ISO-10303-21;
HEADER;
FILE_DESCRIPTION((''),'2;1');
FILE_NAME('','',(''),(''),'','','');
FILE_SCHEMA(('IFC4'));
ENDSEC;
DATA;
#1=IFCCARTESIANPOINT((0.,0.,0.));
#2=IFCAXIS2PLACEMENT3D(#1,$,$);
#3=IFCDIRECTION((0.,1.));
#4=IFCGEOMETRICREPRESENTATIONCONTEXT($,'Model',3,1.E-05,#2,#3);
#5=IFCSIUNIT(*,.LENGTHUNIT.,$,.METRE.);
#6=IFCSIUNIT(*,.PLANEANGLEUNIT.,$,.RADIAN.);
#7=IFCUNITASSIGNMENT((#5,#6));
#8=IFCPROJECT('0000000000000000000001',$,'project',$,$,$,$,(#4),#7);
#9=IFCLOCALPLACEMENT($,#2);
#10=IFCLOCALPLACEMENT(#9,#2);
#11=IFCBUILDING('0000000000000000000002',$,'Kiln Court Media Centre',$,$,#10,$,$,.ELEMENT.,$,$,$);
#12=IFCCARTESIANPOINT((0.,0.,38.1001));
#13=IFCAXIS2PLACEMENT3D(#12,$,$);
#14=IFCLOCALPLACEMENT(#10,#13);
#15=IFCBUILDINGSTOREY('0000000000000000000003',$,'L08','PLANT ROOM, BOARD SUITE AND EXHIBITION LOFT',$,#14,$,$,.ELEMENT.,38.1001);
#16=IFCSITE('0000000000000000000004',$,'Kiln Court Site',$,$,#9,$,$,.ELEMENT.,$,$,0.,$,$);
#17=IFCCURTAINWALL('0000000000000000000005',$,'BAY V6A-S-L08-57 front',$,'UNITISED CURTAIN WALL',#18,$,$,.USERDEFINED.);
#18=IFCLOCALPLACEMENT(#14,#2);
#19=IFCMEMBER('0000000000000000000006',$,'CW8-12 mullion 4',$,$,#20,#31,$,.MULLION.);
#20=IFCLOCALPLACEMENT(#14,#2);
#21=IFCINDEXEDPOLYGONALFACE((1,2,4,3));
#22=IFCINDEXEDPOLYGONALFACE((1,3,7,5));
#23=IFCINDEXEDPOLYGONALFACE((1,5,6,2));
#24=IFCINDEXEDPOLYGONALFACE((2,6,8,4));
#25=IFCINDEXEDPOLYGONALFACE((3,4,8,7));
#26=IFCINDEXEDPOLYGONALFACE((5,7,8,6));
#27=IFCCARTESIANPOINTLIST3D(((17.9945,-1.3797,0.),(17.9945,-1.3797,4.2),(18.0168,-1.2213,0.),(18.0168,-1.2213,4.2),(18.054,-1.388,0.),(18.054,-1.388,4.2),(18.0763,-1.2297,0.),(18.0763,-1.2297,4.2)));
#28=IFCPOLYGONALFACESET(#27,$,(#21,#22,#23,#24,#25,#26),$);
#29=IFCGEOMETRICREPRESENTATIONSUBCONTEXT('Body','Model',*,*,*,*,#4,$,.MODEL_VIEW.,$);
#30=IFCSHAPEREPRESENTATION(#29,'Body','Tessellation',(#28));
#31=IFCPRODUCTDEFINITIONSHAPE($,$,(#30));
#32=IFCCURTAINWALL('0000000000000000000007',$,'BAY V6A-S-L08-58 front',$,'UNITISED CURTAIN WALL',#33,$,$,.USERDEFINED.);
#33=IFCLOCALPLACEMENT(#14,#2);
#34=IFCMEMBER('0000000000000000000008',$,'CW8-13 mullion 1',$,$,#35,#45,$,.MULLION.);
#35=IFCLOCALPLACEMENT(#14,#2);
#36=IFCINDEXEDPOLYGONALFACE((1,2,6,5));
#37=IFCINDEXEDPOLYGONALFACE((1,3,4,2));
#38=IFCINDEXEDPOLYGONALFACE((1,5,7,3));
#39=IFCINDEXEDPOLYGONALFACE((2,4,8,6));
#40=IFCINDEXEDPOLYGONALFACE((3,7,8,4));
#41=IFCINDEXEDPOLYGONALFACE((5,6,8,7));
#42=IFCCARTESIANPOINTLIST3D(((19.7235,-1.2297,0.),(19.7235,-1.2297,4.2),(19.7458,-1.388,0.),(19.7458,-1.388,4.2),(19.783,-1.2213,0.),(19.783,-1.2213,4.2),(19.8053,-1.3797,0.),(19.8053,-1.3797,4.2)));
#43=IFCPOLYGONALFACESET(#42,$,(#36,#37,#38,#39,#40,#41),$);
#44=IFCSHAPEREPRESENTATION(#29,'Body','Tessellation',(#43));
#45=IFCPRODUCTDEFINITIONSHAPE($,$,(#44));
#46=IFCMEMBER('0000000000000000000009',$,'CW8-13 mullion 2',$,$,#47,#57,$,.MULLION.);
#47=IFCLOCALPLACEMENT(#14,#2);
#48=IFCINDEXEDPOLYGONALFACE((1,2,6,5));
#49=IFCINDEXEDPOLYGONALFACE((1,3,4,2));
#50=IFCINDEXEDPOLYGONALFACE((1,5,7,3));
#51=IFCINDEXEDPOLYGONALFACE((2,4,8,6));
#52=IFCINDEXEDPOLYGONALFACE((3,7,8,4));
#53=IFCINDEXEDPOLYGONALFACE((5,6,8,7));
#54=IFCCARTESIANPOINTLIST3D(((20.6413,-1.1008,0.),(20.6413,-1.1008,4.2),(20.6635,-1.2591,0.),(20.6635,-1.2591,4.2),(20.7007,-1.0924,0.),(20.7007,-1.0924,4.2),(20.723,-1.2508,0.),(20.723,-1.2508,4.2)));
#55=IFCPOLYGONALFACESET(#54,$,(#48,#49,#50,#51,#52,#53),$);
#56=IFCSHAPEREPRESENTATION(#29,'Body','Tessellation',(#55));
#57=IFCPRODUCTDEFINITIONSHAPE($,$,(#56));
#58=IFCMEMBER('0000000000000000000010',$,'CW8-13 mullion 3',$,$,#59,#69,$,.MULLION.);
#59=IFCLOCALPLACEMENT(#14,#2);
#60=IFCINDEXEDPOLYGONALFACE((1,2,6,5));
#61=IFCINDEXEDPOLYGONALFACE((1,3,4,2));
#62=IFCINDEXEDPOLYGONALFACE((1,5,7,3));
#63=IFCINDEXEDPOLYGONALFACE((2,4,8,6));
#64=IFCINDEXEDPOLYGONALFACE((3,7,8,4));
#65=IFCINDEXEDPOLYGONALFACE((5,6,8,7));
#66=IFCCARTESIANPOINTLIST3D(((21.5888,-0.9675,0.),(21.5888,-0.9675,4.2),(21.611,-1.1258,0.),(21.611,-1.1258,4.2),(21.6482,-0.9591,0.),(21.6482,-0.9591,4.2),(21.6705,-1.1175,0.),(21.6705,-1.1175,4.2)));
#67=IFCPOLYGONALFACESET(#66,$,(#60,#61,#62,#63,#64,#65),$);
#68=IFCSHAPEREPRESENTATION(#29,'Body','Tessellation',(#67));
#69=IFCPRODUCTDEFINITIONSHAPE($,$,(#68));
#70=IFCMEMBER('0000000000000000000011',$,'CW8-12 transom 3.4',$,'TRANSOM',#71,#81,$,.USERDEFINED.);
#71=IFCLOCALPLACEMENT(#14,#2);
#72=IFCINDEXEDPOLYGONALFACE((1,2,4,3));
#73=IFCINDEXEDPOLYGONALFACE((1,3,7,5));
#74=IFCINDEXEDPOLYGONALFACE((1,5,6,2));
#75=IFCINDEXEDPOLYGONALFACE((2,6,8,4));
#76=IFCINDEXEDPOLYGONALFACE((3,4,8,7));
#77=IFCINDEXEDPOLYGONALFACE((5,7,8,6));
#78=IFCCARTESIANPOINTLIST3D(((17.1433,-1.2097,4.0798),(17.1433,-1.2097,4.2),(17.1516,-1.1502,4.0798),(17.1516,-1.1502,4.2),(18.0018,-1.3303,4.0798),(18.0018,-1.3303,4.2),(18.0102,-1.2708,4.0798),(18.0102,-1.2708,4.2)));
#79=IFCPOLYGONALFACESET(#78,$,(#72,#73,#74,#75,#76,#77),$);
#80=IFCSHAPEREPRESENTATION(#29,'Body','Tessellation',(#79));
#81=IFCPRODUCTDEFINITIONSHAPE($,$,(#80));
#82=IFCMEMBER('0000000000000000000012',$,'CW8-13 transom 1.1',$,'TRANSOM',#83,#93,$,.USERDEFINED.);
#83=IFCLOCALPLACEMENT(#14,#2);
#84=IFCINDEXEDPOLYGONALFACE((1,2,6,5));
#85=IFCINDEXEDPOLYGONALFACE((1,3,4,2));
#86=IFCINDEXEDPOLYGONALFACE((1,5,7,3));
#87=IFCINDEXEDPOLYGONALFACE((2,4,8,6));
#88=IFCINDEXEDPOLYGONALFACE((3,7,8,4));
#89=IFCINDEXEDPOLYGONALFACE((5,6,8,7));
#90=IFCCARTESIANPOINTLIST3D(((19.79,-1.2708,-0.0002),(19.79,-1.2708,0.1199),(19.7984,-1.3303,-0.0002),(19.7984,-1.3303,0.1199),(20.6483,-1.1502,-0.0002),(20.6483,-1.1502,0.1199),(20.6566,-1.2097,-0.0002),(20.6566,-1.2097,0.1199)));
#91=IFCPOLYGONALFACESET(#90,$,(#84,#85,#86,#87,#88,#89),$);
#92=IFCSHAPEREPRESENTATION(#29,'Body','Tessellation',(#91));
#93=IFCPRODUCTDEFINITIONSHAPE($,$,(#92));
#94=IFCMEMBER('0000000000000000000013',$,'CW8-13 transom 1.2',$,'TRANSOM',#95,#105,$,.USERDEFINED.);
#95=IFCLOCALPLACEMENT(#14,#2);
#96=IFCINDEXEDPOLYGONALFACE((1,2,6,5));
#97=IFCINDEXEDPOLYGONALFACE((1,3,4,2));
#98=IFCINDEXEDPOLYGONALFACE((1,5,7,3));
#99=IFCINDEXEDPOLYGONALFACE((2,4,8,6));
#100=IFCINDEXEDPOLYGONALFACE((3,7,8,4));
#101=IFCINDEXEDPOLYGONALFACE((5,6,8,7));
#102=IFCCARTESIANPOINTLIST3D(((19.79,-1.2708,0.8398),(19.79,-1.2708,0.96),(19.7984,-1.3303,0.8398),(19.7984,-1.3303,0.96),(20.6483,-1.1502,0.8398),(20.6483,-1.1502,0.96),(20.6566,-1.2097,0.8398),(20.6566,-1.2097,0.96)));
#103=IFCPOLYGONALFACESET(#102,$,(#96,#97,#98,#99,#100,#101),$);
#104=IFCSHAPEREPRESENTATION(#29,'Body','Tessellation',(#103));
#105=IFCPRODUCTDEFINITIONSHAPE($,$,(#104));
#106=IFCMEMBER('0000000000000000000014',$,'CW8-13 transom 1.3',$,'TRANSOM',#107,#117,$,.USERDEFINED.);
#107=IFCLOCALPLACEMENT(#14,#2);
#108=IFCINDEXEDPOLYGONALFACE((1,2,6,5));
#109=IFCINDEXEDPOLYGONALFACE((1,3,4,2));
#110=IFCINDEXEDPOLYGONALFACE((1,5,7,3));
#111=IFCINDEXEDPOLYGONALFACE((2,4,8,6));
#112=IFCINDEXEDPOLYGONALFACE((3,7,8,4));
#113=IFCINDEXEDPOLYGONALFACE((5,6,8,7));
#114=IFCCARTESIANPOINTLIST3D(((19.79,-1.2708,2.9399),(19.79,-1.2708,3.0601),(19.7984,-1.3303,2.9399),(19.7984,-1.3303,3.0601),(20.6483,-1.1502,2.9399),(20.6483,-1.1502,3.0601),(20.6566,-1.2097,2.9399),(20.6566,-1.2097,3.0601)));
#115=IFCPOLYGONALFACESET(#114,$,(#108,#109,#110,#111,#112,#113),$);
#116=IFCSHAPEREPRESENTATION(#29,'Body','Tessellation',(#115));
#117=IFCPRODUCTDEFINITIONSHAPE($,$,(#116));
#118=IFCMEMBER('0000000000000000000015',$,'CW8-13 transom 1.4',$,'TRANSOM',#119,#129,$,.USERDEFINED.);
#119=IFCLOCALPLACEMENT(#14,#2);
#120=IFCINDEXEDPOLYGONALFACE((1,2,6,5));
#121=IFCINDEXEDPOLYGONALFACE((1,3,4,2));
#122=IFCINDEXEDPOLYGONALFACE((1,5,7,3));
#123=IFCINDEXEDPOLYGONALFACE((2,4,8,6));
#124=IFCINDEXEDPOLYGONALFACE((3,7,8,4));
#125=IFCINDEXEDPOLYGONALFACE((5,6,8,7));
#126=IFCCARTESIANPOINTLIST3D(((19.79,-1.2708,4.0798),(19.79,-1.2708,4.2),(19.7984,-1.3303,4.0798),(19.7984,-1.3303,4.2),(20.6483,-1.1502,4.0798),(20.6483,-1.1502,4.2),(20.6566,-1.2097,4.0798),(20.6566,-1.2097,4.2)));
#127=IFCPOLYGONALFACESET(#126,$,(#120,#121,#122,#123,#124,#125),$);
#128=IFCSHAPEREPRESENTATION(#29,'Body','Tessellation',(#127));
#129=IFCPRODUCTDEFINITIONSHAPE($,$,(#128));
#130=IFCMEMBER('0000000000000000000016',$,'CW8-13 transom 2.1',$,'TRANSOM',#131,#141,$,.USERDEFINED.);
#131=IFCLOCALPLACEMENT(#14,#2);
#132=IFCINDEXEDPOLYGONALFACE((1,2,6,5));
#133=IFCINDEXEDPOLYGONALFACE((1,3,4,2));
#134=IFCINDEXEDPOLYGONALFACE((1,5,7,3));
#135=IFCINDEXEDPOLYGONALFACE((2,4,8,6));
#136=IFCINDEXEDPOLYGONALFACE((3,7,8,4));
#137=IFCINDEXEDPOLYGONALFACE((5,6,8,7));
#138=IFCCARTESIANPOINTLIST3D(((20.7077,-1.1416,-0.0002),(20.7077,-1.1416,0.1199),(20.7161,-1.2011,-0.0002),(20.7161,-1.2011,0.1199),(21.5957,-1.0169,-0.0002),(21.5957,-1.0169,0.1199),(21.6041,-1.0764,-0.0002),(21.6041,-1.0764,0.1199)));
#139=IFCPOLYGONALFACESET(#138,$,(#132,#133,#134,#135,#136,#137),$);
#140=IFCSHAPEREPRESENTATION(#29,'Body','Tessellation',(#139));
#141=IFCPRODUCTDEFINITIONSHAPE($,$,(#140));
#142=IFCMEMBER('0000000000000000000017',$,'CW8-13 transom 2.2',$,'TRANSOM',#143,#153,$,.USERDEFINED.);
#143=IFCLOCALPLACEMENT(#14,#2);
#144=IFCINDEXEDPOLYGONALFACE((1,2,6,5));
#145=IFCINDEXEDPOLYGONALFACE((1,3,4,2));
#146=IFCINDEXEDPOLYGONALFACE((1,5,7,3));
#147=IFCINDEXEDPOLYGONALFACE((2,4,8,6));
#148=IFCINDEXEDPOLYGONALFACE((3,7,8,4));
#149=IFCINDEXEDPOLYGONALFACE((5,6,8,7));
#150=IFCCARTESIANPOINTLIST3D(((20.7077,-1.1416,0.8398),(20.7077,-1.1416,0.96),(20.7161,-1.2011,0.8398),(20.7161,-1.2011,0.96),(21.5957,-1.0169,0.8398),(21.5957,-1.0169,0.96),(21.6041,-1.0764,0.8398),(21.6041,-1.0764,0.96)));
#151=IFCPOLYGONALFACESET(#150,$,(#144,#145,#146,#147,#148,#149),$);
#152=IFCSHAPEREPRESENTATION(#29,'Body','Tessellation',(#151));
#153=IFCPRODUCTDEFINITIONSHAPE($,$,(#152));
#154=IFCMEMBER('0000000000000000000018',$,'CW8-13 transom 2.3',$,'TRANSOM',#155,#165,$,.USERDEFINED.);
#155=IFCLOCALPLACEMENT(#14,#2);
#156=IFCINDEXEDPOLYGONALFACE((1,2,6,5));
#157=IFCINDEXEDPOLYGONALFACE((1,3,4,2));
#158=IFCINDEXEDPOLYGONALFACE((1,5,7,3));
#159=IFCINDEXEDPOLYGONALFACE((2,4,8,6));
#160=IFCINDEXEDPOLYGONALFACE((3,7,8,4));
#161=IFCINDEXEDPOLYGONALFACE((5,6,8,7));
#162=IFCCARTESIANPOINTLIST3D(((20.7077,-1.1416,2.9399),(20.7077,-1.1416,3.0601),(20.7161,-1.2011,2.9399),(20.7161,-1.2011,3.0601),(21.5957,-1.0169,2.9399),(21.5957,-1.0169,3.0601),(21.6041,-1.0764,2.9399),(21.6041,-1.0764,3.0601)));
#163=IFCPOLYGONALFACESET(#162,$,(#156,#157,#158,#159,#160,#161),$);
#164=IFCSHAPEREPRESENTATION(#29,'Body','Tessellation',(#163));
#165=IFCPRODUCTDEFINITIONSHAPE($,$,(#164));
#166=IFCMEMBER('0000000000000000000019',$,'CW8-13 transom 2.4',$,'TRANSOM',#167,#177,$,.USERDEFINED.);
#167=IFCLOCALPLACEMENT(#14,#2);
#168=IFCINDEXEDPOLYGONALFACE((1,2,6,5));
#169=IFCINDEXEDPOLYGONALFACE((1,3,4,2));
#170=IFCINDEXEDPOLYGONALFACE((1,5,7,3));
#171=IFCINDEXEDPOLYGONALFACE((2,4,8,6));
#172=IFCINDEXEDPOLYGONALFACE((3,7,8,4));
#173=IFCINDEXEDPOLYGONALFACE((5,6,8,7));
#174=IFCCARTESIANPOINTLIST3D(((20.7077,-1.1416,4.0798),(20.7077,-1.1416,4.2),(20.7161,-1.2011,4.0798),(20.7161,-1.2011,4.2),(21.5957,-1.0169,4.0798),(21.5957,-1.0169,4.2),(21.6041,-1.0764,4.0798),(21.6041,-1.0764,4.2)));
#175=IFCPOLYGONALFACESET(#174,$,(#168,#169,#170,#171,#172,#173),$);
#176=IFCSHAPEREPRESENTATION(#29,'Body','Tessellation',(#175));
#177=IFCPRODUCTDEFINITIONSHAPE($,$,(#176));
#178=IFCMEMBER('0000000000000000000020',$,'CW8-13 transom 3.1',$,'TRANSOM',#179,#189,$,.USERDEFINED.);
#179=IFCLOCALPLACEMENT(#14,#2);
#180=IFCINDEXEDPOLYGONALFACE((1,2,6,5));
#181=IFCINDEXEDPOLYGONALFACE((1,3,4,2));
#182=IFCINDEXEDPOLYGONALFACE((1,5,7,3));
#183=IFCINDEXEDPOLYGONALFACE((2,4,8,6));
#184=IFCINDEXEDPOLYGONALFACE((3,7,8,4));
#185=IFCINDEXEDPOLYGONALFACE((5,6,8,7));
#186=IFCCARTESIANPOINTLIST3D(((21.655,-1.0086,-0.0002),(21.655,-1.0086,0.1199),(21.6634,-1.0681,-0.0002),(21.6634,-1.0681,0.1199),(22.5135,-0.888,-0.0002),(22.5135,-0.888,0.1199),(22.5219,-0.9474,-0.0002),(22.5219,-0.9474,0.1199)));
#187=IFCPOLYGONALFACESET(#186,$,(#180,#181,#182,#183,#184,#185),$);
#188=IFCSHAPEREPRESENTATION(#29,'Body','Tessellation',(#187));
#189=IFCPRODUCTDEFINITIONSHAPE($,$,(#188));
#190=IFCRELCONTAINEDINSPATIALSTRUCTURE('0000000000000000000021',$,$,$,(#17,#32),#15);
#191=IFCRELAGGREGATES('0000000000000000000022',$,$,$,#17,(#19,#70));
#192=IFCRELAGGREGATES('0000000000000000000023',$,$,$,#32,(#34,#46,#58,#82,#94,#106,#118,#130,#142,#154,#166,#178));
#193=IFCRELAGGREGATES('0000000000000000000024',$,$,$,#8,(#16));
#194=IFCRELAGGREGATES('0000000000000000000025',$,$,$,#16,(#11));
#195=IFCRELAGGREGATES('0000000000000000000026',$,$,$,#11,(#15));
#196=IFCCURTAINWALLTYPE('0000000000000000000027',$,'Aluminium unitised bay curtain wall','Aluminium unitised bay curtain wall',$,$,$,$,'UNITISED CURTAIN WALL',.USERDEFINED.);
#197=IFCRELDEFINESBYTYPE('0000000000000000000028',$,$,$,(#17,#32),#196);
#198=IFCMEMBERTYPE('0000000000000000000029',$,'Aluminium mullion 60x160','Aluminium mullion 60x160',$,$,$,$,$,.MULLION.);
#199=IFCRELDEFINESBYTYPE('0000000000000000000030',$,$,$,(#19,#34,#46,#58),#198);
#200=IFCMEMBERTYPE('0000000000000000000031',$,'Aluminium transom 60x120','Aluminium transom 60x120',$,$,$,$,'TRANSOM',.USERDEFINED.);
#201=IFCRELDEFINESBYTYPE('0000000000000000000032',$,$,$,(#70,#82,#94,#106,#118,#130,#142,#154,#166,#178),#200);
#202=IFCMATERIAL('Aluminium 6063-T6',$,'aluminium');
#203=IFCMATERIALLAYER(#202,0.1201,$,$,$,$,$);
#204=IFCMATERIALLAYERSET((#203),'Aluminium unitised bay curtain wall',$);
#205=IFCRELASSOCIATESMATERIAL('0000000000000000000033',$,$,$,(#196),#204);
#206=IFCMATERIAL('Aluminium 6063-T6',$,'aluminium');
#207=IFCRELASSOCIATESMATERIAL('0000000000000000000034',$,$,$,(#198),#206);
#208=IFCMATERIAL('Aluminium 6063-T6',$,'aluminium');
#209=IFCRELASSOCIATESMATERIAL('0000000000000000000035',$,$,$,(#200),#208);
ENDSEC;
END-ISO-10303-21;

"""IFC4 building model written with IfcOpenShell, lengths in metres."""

from ifc_helpers import new_model, si_unit, direction, frame, origin, origin_2d, place, context, subcontext, project, spatial, rectangle, extrude, material, layer, layer_set, material_profile, profile_set, type_object, element, aggregate, save


model = new_model("IFC4")

# Units and contexts
model_context = context("Model", 3, precision=1e-05, world=origin(), true_north=direction((0.0, 1.0)))
body_context = subcontext(model_context, "Body", "Model", "MODEL_VIEW")
ifc_project = project(units=[si_unit("LENGTHUNIT", "METRE"), si_unit("PLANEANGLEUNIT", "RADIAN")], contexts=[model_context])

# Site, building, storey
site_placement = place(None, origin())
site = spatial("IfcSite", under=ifc_project, at=site_placement, Name="Kiln Court Site", CompositionType="ELEMENT", RefElevation=0.0)
building_placement = place(site_placement, origin())
building = spatial("IfcBuilding", under=site, at=building_placement, Name="Kiln Court Media Centre", CompositionType="ELEMENT")
storey_placement = place(building_placement, frame((0.0, 0.0, 38.1001)))
storey = spatial("IfcBuildingStorey", under=building, at=storey_placement, Name="L08", Description="PLANT ROOM, BOARD SUITE AND EXHIBITION LOFT", CompositionType="ELEMENT", Elevation=38.1001)

# Curtain wall, member
ifc_material_1 = material(Name="Aluminium 6063-T6", Category="aluminium")
ifc_layer_1 = layer(ifc_material_1, 0.1201)
ifc_layer_set_1 = layer_set([ifc_layer_1], Name="Aluminium unitised bay curtain wall")
curtain_wall_type = type_object("IfcCurtainWallType", Name="Aluminium unitised bay curtain wall", Description="Aluminium unitised bay curtain wall", ElementType="UNITISED CURTAIN WALL", PredefinedType="USERDEFINED", material=ifc_layer_set_1)
curtain_wall_1_placement = place(storey_placement, origin())
curtain_wall_1 = element("IfcCurtainWall", 1, at=curtain_wall_1_placement, inside=storey, type_object=curtain_wall_type, Name="BAY V6A-S-L08-57 front", ObjectType="UNITISED CURTAIN WALL", PredefinedType="USERDEFINED")
ifc_material_2 = material(Name="Aluminium 6063-T6", Category="aluminium")
ifc_material_profile_1 = material_profile(ifc_material_2, rectangle(XDim=0.0601, YDim=0.1599, at=origin_2d()), Name="Aluminium mullion 60x160")
ifc_profile_set_1 = profile_set([ifc_material_profile_1], Name="Aluminium 6063-T6")
member_type_1 = type_object("IfcMemberType", Name="Aluminium mullion 60x160", Description="Aluminium mullion 60x160", PredefinedType="MULLION", material=ifc_profile_set_1)
member_1_placement = place(storey_placement, frame((18.0354, -1.3047, 0.0), z_axis=(0.0, 0.0, 1.0), x_axis=(0.99027, -0.139162, 0.0)))
member_1 = element("IfcMember", 2, at=member_1_placement, type_object=member_type_1, Name="CW8-12 mullion 4", PredefinedType="MULLION", context=body_context, shape_type="SweptSolid", body=[
    extrude(rectangle(XDim=0.0601, YDim=0.1599, at=origin_2d()), origin(), (0.0, 0.0, 1.0), 4.2),
])

# Curtain wall, members
curtain_wall_2_placement = place(storey_placement, origin())
curtain_wall_2 = element("IfcCurtainWall", 3, at=curtain_wall_2_placement, inside=storey, type_object=curtain_wall_type, Name="BAY V6A-S-L08-58 front", ObjectType="UNITISED CURTAIN WALL", PredefinedType="USERDEFINED")
member_2_placement = place(storey_placement, frame((19.7644, -1.3047, 0.0), z_axis=(0.0, 0.0, 1.0), x_axis=(0.99027, 0.139162, 0.0)))
member_2 = element("IfcMember", 4, at=member_2_placement, type_object=member_type_1, Name="CW8-13 mullion 1", PredefinedType="MULLION", context=body_context, shape_type="SweptSolid", body=[
    extrude(rectangle(XDim=0.0601, YDim=0.1599, at=origin_2d()), origin(), (0.0, 0.0, 1.0), 4.2),
])
member_3_placement = place(storey_placement, frame((20.6821, -1.1758, 0.0), z_axis=(0.0, 0.0, 1.0), x_axis=(0.99027, 0.139162, 0.0)))
member_3 = element("IfcMember", 5, at=member_3_placement, type_object=member_type_1, Name="CW8-13 mullion 2", PredefinedType="MULLION", context=body_context, shape_type="SweptSolid", body=[
    extrude(rectangle(XDim=0.0601, YDim=0.1599, at=origin_2d()), origin(), (0.0, 0.0, 1.0), 4.2),
])
member_4_placement = place(storey_placement, frame((21.6296, -1.0425, 0.0), z_axis=(0.0, 0.0, 1.0), x_axis=(0.99027, 0.139162, 0.0)))
member_4 = element("IfcMember", 6, at=member_4_placement, type_object=member_type_1, Name="CW8-13 mullion 3", PredefinedType="MULLION", context=body_context, shape_type="SweptSolid", body=[
    extrude(rectangle(XDim=0.0601, YDim=0.1599, at=origin_2d()), origin(), (0.0, 0.0, 1.0), 4.2),
])

# Members
ifc_material_3 = material(Name="Aluminium 6063-T6", Category="aluminium")
ifc_material_profile_2 = material_profile(ifc_material_3, rectangle(XDim=0.0601, YDim=0.1201, at=origin_2d()), Name="Aluminium transom 60x120")
ifc_profile_set_2 = profile_set([ifc_material_profile_2], Name="Aluminium 6063-T6")
member_type_2 = type_object("IfcMemberType", Name="Aluminium transom 60x120", Description="Aluminium transom 60x120", ElementType="TRANSOM", PredefinedType="USERDEFINED", material=ifc_profile_set_2)
member_5_placement = place(storey_placement, frame((17.1475, -1.1799, 4.1399), z_axis=(0.990274, -0.139134, 0.0), x_axis=(0.139134, 0.990274, 0.0)))
member_5 = element("IfcMember", 7, at=member_5_placement, type_object=member_type_2, Name="CW8-12 transom 3.4", ObjectType="TRANSOM", PredefinedType="USERDEFINED", context=body_context, shape_type="SweptSolid", body=[
    extrude(rectangle(XDim=0.0601, YDim=0.1201, at=origin_2d()), origin(), (0.0, 0.0, 1.0), 0.8669),
])
member_6_placement = place(storey_placement, frame((19.7942, -1.3005, 0.0598), z_axis=(0.990268, 0.139173, 0.0), x_axis=(-0.139173, 0.990268, 0.0)))
member_6 = element("IfcMember", 8, at=member_6_placement, type_object=member_type_2, Name="CW8-13 transom 1.1", ObjectType="TRANSOM", PredefinedType="USERDEFINED", context=body_context, shape_type="SweptSolid", body=[
    extrude(rectangle(XDim=0.0601, YDim=0.1201, at=origin_2d()), origin(), (0.0, 0.0, 1.0), 0.8667),
])
member_7_placement = place(storey_placement, frame((19.7942, -1.3005, 0.8999), z_axis=(0.990268, 0.139173, 0.0), x_axis=(-0.139173, 0.990268, 0.0)))
member_7 = element("IfcMember", 9, at=member_7_placement, type_object=member_type_2, Name="CW8-13 transom 1.2", ObjectType="TRANSOM", PredefinedType="USERDEFINED", context=body_context, shape_type="SweptSolid", body=[
    extrude(rectangle(XDim=0.0601, YDim=0.1201, at=origin_2d()), origin(), (0.0, 0.0, 1.0), 0.8667),
])
member_8_placement = place(storey_placement, frame((19.7942, -1.3005, 3.0), z_axis=(0.990268, 0.139173, 0.0), x_axis=(-0.139173, 0.990268, 0.0)))
member_8 = element("IfcMember", 10, at=member_8_placement, type_object=member_type_2, Name="CW8-13 transom 1.3", ObjectType="TRANSOM", PredefinedType="USERDEFINED", context=body_context, shape_type="SweptSolid", body=[
    extrude(rectangle(XDim=0.0601, YDim=0.1201, at=origin_2d()), origin(), (0.0, 0.0, 1.0), 0.8667),
])
member_9_placement = place(storey_placement, frame((19.7942, -1.3005, 4.1399), z_axis=(0.990268, 0.139173, 0.0), x_axis=(-0.139173, 0.990268, 0.0)))
member_9 = element("IfcMember", 11, at=member_9_placement, type_object=member_type_2, Name="CW8-13 transom 1.4", ObjectType="TRANSOM", PredefinedType="USERDEFINED", context=body_context, shape_type="SweptSolid", body=[
    extrude(rectangle(XDim=0.0601, YDim=0.1201, at=origin_2d()), origin(), (0.0, 0.0, 1.0), 0.8667),
])
member_10_placement = place(storey_placement, frame((20.7119, -1.1714, 0.0598), z_axis=(0.990274, 0.139134, 0.0), x_axis=(-0.139134, 0.990274, 0.0)))
member_10 = element("IfcMember", 12, at=member_10_placement, type_object=member_type_2, Name="CW8-13 transom 2.1", ObjectType="TRANSOM", PredefinedType="USERDEFINED", context=body_context, shape_type="SweptSolid", body=[
    extrude(rectangle(XDim=0.0601, YDim=0.1201, at=origin_2d()), origin(), (0.0, 0.0, 1.0), 0.8967),
])
member_11_placement = place(storey_placement, frame((20.7119, -1.1714, 0.8999), z_axis=(0.990274, 0.139134, 0.0), x_axis=(-0.139134, 0.990274, 0.0)))
member_11 = element("IfcMember", 13, at=member_11_placement, type_object=member_type_2, Name="CW8-13 transom 2.2", ObjectType="TRANSOM", PredefinedType="USERDEFINED", context=body_context, shape_type="SweptSolid", body=[
    extrude(rectangle(XDim=0.0601, YDim=0.1201, at=origin_2d()), origin(), (0.0, 0.0, 1.0), 0.8967),
])
member_12_placement = place(storey_placement, frame((20.7119, -1.1714, 3.0), z_axis=(0.990274, 0.139134, 0.0), x_axis=(-0.139134, 0.990274, 0.0)))
member_12 = element("IfcMember", 14, at=member_12_placement, type_object=member_type_2, Name="CW8-13 transom 2.3", ObjectType="TRANSOM", PredefinedType="USERDEFINED", context=body_context, shape_type="SweptSolid", body=[
    extrude(rectangle(XDim=0.0601, YDim=0.1201, at=origin_2d()), origin(), (0.0, 0.0, 1.0), 0.8967),
])
member_13_placement = place(storey_placement, frame((20.7119, -1.1714, 4.1399), z_axis=(0.990274, 0.139134, 0.0), x_axis=(-0.139134, 0.990274, 0.0)))
member_13 = element("IfcMember", 15, at=member_13_placement, type_object=member_type_2, Name="CW8-13 transom 2.4", ObjectType="TRANSOM", PredefinedType="USERDEFINED", context=body_context, shape_type="SweptSolid", body=[
    extrude(rectangle(XDim=0.0601, YDim=0.1201, at=origin_2d()), origin(), (0.0, 0.0, 1.0), 0.8967),
])
member_14_placement = place(storey_placement, frame((21.6592, -1.0383, 0.0598), z_axis=(0.990274, 0.139134, 0.0), x_axis=(-0.139134, 0.990274, 0.0)))
member_14 = element("IfcMember", 16, at=member_14_placement, type_object=member_type_2, Name="CW8-13 transom 3.1", ObjectType="TRANSOM", PredefinedType="USERDEFINED", context=body_context, shape_type="SweptSolid", body=[
    extrude(rectangle(XDim=0.0601, YDim=0.1201, at=origin_2d()), origin(), (0.0, 0.0, 1.0), 0.8669),
])

aggregate(curtain_wall_1, [member_1, member_5])
aggregate(curtain_wall_2, [member_2, member_3, member_4, member_6, member_7, member_8, member_9, member_10, member_11, member_12, member_13, member_14])

save(model, "model.ifc")
